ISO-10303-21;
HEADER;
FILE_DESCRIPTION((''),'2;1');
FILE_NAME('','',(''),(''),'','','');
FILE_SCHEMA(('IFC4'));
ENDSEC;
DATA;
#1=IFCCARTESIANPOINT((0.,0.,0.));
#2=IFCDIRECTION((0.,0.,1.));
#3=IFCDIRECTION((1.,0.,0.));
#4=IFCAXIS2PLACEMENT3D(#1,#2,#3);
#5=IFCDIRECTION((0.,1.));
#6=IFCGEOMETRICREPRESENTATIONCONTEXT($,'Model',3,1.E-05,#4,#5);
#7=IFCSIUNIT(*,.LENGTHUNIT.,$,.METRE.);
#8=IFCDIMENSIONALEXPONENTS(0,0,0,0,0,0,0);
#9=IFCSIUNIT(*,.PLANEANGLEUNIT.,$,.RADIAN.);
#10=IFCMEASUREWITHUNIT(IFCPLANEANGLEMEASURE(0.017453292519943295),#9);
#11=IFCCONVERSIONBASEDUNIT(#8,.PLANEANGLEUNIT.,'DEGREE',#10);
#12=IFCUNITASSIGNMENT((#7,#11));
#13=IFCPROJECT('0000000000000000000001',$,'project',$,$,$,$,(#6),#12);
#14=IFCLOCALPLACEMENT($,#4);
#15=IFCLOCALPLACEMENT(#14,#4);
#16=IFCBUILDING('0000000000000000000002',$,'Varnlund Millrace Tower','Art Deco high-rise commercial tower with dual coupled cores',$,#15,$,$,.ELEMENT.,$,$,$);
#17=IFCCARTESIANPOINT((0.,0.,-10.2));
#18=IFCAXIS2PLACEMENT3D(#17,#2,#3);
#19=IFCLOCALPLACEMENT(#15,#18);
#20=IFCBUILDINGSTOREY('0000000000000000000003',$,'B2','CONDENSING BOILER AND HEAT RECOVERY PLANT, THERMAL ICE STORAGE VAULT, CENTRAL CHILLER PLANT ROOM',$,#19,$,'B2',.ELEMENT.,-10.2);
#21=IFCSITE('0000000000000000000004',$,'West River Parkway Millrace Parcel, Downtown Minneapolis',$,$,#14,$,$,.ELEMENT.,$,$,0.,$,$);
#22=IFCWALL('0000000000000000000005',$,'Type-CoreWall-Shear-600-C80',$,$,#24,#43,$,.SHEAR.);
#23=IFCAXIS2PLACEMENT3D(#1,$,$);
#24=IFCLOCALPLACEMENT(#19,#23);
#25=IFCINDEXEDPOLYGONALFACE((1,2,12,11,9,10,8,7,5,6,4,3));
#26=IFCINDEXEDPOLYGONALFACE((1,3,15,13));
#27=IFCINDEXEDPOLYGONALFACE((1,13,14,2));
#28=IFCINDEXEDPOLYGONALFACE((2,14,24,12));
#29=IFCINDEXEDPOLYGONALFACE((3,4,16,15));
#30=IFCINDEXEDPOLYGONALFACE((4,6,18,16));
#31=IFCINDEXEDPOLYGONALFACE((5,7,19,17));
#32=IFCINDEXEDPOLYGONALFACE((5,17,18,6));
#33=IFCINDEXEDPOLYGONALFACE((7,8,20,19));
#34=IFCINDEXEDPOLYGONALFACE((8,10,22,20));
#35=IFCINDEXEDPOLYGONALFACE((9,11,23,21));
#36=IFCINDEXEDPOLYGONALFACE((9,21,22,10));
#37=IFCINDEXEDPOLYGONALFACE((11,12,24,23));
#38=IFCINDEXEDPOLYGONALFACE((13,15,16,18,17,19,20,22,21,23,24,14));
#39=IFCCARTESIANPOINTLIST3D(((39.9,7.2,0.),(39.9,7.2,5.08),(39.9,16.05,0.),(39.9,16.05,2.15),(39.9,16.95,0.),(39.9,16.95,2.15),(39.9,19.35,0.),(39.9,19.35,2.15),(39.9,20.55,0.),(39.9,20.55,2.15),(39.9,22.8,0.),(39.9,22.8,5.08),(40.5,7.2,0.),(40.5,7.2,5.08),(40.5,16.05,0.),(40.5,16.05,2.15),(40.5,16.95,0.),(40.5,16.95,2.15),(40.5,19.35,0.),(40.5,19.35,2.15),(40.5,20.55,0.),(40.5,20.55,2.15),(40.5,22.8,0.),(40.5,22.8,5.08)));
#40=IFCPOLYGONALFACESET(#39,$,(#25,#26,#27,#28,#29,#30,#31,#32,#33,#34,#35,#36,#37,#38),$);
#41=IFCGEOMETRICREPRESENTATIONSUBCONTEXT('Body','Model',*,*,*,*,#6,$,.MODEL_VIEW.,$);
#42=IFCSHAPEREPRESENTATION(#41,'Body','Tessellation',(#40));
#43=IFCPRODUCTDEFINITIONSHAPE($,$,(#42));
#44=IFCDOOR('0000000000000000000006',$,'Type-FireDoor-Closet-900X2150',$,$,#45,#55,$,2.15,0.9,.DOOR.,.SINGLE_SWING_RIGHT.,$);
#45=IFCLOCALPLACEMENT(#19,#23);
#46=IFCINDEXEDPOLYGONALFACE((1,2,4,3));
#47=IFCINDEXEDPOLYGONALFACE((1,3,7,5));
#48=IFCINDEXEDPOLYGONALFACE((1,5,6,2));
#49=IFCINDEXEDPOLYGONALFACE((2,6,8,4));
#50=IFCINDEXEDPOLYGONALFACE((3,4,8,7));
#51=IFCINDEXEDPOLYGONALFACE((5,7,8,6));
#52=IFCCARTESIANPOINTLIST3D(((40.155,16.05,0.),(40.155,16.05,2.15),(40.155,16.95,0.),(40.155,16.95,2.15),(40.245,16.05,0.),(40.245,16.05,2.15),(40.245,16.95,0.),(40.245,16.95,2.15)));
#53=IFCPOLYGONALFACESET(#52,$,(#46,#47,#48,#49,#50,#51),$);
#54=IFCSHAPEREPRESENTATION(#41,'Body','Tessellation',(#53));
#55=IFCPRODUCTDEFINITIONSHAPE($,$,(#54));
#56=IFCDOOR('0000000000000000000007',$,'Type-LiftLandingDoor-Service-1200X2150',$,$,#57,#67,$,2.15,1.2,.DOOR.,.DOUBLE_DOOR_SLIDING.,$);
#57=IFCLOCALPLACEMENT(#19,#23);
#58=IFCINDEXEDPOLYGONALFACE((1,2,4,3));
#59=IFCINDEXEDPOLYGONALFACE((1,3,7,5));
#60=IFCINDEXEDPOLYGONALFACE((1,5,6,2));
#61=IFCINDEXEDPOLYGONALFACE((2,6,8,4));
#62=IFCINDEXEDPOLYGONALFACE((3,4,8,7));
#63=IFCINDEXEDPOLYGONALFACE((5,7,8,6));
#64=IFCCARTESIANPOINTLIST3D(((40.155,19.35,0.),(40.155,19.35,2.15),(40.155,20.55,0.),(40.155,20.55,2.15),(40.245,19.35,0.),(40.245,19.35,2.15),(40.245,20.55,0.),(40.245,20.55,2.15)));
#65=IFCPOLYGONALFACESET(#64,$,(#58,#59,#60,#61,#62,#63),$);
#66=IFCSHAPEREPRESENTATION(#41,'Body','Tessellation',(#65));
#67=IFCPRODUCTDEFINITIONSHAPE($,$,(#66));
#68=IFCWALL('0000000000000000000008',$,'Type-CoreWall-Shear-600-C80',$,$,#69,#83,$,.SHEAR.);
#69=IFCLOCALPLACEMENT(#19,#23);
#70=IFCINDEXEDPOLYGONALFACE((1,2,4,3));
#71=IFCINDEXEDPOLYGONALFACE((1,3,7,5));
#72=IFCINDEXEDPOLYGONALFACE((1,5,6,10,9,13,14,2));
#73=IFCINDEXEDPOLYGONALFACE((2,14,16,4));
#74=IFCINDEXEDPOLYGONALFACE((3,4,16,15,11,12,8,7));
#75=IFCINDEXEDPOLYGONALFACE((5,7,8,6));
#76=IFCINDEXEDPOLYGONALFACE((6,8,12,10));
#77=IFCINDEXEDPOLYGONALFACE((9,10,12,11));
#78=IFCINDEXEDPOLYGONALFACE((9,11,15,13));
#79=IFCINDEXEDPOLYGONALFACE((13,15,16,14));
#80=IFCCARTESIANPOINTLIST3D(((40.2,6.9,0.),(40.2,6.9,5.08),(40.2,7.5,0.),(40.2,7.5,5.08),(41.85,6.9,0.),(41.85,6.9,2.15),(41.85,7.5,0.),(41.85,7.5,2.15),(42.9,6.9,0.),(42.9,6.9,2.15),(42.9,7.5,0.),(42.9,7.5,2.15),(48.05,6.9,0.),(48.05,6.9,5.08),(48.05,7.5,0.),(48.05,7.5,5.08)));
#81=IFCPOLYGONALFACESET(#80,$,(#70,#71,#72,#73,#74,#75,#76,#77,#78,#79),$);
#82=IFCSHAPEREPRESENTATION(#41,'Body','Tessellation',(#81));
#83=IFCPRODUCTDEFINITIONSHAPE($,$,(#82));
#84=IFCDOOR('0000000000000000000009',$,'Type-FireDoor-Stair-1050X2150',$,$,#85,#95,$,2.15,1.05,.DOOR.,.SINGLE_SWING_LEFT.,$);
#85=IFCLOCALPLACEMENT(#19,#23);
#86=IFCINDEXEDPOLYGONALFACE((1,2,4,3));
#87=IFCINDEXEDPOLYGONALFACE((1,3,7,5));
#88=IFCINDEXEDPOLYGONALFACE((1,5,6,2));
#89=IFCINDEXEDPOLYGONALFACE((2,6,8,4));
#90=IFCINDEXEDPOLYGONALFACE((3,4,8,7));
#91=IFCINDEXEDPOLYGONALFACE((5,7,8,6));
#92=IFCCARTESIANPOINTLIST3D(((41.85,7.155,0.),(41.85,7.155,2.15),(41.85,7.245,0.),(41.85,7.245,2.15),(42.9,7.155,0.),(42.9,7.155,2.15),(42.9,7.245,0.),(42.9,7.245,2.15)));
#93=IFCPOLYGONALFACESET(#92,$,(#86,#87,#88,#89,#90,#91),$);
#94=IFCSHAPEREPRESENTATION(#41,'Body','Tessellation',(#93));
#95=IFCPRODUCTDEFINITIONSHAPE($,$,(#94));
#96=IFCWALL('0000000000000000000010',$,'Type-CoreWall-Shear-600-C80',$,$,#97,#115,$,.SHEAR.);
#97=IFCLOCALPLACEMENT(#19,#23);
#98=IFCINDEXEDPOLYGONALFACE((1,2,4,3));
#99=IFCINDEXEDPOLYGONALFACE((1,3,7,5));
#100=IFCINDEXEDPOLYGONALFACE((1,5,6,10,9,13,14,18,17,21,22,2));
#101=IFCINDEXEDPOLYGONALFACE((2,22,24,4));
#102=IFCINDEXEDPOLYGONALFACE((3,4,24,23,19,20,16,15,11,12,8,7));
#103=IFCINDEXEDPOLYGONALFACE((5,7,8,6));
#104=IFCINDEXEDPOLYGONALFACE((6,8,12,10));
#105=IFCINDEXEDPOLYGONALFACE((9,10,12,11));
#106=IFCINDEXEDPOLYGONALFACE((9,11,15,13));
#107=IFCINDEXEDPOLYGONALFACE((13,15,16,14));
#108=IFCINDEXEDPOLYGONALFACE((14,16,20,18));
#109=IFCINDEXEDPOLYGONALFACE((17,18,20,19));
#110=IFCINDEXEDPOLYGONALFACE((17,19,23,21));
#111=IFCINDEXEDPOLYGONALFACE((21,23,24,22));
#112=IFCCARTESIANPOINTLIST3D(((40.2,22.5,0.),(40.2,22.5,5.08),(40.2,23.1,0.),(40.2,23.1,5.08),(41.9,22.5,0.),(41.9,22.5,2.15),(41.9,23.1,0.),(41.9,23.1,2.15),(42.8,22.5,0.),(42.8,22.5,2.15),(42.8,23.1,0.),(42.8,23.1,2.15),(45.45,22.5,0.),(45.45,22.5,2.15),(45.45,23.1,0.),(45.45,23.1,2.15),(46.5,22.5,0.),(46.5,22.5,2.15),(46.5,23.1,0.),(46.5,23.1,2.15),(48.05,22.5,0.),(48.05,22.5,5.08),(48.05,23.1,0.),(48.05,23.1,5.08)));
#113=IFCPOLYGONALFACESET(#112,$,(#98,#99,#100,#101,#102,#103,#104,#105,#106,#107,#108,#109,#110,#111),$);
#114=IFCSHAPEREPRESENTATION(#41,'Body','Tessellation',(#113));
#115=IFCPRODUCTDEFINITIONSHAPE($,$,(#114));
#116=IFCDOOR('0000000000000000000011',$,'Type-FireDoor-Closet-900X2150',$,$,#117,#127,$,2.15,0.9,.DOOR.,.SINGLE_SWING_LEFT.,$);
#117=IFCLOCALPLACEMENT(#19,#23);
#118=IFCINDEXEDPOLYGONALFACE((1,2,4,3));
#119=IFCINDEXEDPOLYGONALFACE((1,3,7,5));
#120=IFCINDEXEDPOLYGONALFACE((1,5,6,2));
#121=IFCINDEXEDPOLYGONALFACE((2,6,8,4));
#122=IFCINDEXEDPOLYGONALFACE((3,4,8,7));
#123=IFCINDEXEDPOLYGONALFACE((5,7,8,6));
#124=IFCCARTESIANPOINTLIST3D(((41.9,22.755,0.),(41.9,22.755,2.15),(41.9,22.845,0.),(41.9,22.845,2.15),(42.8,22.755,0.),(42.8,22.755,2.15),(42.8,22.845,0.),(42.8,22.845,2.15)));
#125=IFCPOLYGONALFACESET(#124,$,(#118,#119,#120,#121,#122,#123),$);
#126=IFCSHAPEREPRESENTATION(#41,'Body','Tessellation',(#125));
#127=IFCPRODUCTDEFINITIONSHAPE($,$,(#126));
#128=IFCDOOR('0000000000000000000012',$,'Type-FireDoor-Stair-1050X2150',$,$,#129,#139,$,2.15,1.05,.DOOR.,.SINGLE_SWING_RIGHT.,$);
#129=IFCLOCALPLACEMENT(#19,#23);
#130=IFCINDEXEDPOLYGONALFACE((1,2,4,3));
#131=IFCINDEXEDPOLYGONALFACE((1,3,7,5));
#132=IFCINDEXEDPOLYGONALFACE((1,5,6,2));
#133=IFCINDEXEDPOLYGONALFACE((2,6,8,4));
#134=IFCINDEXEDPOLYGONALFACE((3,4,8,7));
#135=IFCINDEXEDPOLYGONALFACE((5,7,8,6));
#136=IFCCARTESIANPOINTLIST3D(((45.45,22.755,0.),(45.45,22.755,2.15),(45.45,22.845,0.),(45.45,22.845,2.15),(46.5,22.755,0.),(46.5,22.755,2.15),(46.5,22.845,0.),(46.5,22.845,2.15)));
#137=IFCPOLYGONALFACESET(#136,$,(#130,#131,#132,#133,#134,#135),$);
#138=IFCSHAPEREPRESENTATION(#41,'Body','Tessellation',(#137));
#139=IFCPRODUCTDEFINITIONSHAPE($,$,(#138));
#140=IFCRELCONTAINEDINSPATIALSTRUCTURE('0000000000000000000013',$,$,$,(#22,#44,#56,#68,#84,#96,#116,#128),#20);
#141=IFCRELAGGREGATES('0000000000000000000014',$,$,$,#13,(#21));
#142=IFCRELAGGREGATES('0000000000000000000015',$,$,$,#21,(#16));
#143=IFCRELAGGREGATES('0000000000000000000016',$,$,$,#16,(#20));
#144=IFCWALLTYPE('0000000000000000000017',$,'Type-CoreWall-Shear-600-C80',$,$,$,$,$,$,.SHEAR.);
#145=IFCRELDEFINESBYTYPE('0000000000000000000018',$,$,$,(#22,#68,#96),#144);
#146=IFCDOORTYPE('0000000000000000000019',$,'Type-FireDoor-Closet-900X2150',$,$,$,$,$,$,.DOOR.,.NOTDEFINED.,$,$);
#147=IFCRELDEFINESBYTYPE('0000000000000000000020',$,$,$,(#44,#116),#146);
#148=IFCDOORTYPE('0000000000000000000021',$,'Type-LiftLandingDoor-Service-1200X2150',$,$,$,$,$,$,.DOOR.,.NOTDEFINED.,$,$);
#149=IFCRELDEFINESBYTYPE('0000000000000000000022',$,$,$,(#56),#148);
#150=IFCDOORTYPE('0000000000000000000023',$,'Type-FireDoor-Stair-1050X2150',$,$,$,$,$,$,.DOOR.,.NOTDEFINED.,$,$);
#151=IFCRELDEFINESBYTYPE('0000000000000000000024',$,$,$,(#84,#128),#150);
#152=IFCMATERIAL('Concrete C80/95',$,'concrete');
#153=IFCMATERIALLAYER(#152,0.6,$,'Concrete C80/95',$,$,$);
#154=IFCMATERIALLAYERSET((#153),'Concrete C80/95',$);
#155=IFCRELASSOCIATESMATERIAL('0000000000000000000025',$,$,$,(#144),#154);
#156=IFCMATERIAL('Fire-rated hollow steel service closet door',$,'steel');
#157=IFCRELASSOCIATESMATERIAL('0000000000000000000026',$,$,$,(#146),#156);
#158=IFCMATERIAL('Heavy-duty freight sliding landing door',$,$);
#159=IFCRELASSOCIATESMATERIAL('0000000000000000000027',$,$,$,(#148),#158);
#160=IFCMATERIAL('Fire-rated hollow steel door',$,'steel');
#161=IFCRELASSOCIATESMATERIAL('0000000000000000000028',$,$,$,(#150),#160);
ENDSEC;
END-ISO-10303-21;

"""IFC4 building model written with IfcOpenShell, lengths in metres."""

from ifc_helpers import new_model, entity, si_unit, converted_unit, direction, frame, origin_with_axes, origin_2d_with_axis, place, context, subcontext, project, spatial, polyline, rectangle, outline, extrude, material, layer, layer_set, type_object, element, fill, save


model = new_model("IFC4")

# Units and contexts
model_context = context("Model", 3, precision=1e-05, world=origin_with_axes(), true_north=direction((0.0, 1.0)))
body_context = subcontext(model_context, "Body", "Model", "MODEL_VIEW")
ifc_project = project(units=[si_unit("LENGTHUNIT", "METRE"), converted_unit("PLANEANGLEUNIT", "DEGREE", entity("IfcPlaneAngleMeasure", 0.017453292519943295), si_unit("PLANEANGLEUNIT", "RADIAN"), dimensions=[0, 0, 0, 0, 0, 0, 0])], contexts=[model_context])

# Site, building, storey
site_placement = place(None, origin_with_axes())
site = spatial("IfcSite", under=ifc_project, at=site_placement, Name="West River Parkway Millrace Parcel, Downtown Minneapolis", CompositionType="ELEMENT", RefElevation=0.0)
building_placement = place(site_placement, origin_with_axes())
building = spatial("IfcBuilding", under=site, at=building_placement, Name="Varnlund Millrace Tower", Description="Art Deco high-rise commercial tower with dual coupled cores", CompositionType="ELEMENT")
storey_placement = place(building_placement, frame((0.0, 0.0, -10.2), z_axis=(0.0, 0.0, 1.0), x_axis=(1.0, 0.0, 0.0)))
storey = spatial("IfcBuildingStorey", under=building, at=storey_placement, Name="B2", Description="CONDENSING BOILER AND HEAT RECOVERY PLANT, THERMAL ICE STORAGE VAULT, CENTRAL CHILLER PLANT ROOM", LongName="B2", CompositionType="ELEMENT", Elevation=-10.2)

# Shared definitions
ifc_material_1 = material(Name="Concrete C80/95", Category="concrete")

# Wall, openings, doors
ifc_layer_1 = layer(ifc_material_1, 0.6, Name="Concrete C80/95")
ifc_layer_set_1 = layer_set([ifc_layer_1], Name="Concrete C80/95")
wall_type_1 = type_object("IfcWallType", Name="Type-CoreWall-Shear-600-C80", PredefinedType="SHEAR", material=ifc_layer_set_1)
wall_1_placement = place(storey_placement, frame((40.2, 7.2, 0.0), z_axis=(0.0, 0.0, 1.0), x_axis=(0.0, 1.0, 0.0)))
wall_1 = element("IfcWall", 1, at=wall_1_placement, inside=storey, type_object=wall_type_1, Name="Type-CoreWall-Shear-600-C80", PredefinedType="SHEAR", context=body_context, shape_type="SweptSolid", body=[
    extrude(outline(polyline([(0.0, -0.3), (15.6, -0.3), (15.6, 0.3), (0.0, 0.3), (0.0, -0.3)])), origin_with_axes(), (0.0, 0.0, 1.0), 5.08),
])
opening_1_placement = place(wall_1_placement, frame((12.75, 0.0, 0.0), z_axis=(0.0, 0.0, 1.0), x_axis=(1.0, 0.0, 0.0)))
opening_1 = element("IfcOpeningElement", 2, at=opening_1_placement, cuts=wall_1, PredefinedType="OPENING", context=body_context, shape_type="SweptSolid", body=[
    extrude(rectangle(XDim=1.2, YDim=0.62, at=origin_2d_with_axis()), origin_with_axes(), (0.0, 0.0, 1.0), 2.15),
])
opening_2_placement = place(wall_1_placement, frame((9.3, 0.0, 0.0), z_axis=(0.0, 0.0, 1.0), x_axis=(1.0, 0.0, 0.0)))
opening_2 = element("IfcOpeningElement", 3, at=opening_2_placement, cuts=wall_1, PredefinedType="OPENING", context=body_context, shape_type="SweptSolid", body=[
    extrude(rectangle(XDim=0.9, YDim=0.62, at=origin_2d_with_axis()), origin_with_axes(), (0.0, 0.0, 1.0), 2.15),
])
ifc_material_2 = material(Name="Fire-rated hollow steel service closet door", Category="steel")
door_type_1 = type_object("IfcDoorType", Name="Type-FireDoor-Closet-900X2150", OperationType="NOTDEFINED", PredefinedType="DOOR", material=ifc_material_2)
door_1_placement = place(wall_1_placement, frame((9.3, 0.0, 0.0), z_axis=(0.0, 0.0, 1.0), x_axis=(1.0, 0.0, 0.0)))
door_1 = element("IfcDoor", 4, at=door_1_placement, inside=storey, type_object=door_type_1, Name="Type-FireDoor-Closet-900X2150", OperationType="SINGLE_SWING_RIGHT", OverallHeight=2.15, OverallWidth=0.9, PredefinedType="DOOR", context=body_context, shape_type="SweptSolid", body=[
    extrude(rectangle(XDim=0.9, YDim=0.09, at=origin_2d_with_axis()), origin_with_axes(), (0.0, 0.0, 1.0), 2.15),
])
fill(opening_2, door_1)
ifc_material_3 = material(Name="Heavy-duty freight sliding landing door")
door_type_2 = type_object("IfcDoorType", Name="Type-LiftLandingDoor-Service-1200X2150", OperationType="NOTDEFINED", PredefinedType="DOOR", material=ifc_material_3)
door_2_placement = place(wall_1_placement, frame((12.75, 0.0, 0.0), z_axis=(0.0, 0.0, 1.0), x_axis=(1.0, 0.0, 0.0)))
door_2 = element("IfcDoor", 5, at=door_2_placement, inside=storey, type_object=door_type_2, Name="Type-LiftLandingDoor-Service-1200X2150", OperationType="DOUBLE_DOOR_SLIDING", OverallHeight=2.15, OverallWidth=1.2, PredefinedType="DOOR", context=body_context, shape_type="SweptSolid", body=[
    extrude(rectangle(XDim=1.2, YDim=0.09, at=origin_2d_with_axis()), origin_with_axes(), (0.0, 0.0, 1.0), 2.15),
])
fill(opening_1, door_2)

# Wall, opening, door
wall_2_placement = place(storey_placement, frame((40.2, 7.2, 0.0), z_axis=(0.0, 0.0, 1.0), x_axis=(1.0, 0.0, 0.0)))
wall_2 = element("IfcWall", 6, at=wall_2_placement, inside=storey, type_object=wall_type_1, Name="Type-CoreWall-Shear-600-C80", PredefinedType="SHEAR", context=body_context, shape_type="SweptSolid", body=[
    extrude(outline(polyline([(0.0, -0.3), (7.85, -0.3), (7.85, 0.3), (0.0, 0.3), (0.0, -0.3)])), origin_with_axes(), (0.0, 0.0, 1.0), 5.08),
])
opening_3_placement = place(wall_2_placement, frame((2.175, 0.0, 0.0), z_axis=(0.0, 0.0, 1.0), x_axis=(1.0, 0.0, 0.0)))
opening_3 = element("IfcOpeningElement", 7, at=opening_3_placement, cuts=wall_2, PredefinedType="OPENING", context=body_context, shape_type="SweptSolid", body=[
    extrude(rectangle(XDim=1.05, YDim=0.62, at=origin_2d_with_axis()), origin_with_axes(), (0.0, 0.0, 1.0), 2.15),
])
ifc_material_4 = material(Name="Fire-rated hollow steel door", Category="steel")
door_type_3 = type_object("IfcDoorType", Name="Type-FireDoor-Stair-1050X2150", OperationType="NOTDEFINED", PredefinedType="DOOR", material=ifc_material_4)
door_3_placement = place(wall_2_placement, frame((2.175, 0.0, 0.0), z_axis=(0.0, 0.0, 1.0), x_axis=(1.0, 0.0, 0.0)))
door_3 = element("IfcDoor", 8, at=door_3_placement, inside=storey, type_object=door_type_3, Name="Type-FireDoor-Stair-1050X2150", OperationType="SINGLE_SWING_LEFT", OverallHeight=2.15, OverallWidth=1.05, PredefinedType="DOOR", context=body_context, shape_type="SweptSolid", body=[
    extrude(rectangle(XDim=1.05, YDim=0.09, at=origin_2d_with_axis()), origin_with_axes(), (0.0, 0.0, 1.0), 2.15),
])
fill(opening_3, door_3)

# Wall, openings, doors
wall_3_placement = place(storey_placement, frame((40.2, 22.8, 0.0), z_axis=(0.0, 0.0, 1.0), x_axis=(1.0, 0.0, 0.0)))
wall_3 = element("IfcWall", 9, at=wall_3_placement, inside=storey, type_object=wall_type_1, Name="Type-CoreWall-Shear-600-C80", PredefinedType="SHEAR", context=body_context, shape_type="SweptSolid", body=[
    extrude(outline(polyline([(0.0, -0.3), (7.85, -0.3), (7.85, 0.3), (0.0, 0.3), (0.0, -0.3)])), origin_with_axes(), (0.0, 0.0, 1.0), 5.08),
])
opening_4_placement = place(wall_3_placement, frame((5.775, 0.0, 0.0), z_axis=(0.0, 0.0, 1.0), x_axis=(1.0, 0.0, 0.0)))
opening_4 = element("IfcOpeningElement", 10, at=opening_4_placement, cuts=wall_3, PredefinedType="OPENING", context=body_context, shape_type="SweptSolid", body=[
    extrude(rectangle(XDim=1.05, YDim=0.62, at=origin_2d_with_axis()), origin_with_axes(), (0.0, 0.0, 1.0), 2.15),
])
opening_5_placement = place(wall_3_placement, frame((2.15, 0.0, 0.0), z_axis=(0.0, 0.0, 1.0), x_axis=(1.0, 0.0, 0.0)))
opening_5 = element("IfcOpeningElement", 11, at=opening_5_placement, cuts=wall_3, PredefinedType="OPENING", context=body_context, shape_type="SweptSolid", body=[
    extrude(rectangle(XDim=0.9, YDim=0.62, at=origin_2d_with_axis()), origin_with_axes(), (0.0, 0.0, 1.0), 2.15),
])
door_4_placement = place(wall_3_placement, frame((2.15, 0.0, 0.0), z_axis=(0.0, 0.0, 1.0), x_axis=(1.0, 0.0, 0.0)))
door_4 = element("IfcDoor", 12, at=door_4_placement, inside=storey, type_object=door_type_1, Name="Type-FireDoor-Closet-900X2150", OperationType="SINGLE_SWING_LEFT", OverallHeight=2.15, OverallWidth=0.9, PredefinedType="DOOR", context=body_context, shape_type="SweptSolid", body=[
    extrude(rectangle(XDim=0.9, YDim=0.09, at=origin_2d_with_axis()), origin_with_axes(), (0.0, 0.0, 1.0), 2.15),
])
fill(opening_5, door_4)
door_5_placement = place(wall_3_placement, frame((5.775, 0.0, 0.0), z_axis=(0.0, 0.0, 1.0), x_axis=(1.0, 0.0, 0.0)))
door_5 = element("IfcDoor", 13, at=door_5_placement, inside=storey, type_object=door_type_3, Name="Type-FireDoor-Stair-1050X2150", OperationType="SINGLE_SWING_RIGHT", OverallHeight=2.15, OverallWidth=1.05, PredefinedType="DOOR", context=body_context, shape_type="SweptSolid", body=[
    extrude(rectangle(XDim=1.05, YDim=0.09, at=origin_2d_with_axis()), origin_with_axes(), (0.0, 0.0, 1.0), 2.15),
])
fill(opening_4, door_5)

save(model, "model.ifc")
